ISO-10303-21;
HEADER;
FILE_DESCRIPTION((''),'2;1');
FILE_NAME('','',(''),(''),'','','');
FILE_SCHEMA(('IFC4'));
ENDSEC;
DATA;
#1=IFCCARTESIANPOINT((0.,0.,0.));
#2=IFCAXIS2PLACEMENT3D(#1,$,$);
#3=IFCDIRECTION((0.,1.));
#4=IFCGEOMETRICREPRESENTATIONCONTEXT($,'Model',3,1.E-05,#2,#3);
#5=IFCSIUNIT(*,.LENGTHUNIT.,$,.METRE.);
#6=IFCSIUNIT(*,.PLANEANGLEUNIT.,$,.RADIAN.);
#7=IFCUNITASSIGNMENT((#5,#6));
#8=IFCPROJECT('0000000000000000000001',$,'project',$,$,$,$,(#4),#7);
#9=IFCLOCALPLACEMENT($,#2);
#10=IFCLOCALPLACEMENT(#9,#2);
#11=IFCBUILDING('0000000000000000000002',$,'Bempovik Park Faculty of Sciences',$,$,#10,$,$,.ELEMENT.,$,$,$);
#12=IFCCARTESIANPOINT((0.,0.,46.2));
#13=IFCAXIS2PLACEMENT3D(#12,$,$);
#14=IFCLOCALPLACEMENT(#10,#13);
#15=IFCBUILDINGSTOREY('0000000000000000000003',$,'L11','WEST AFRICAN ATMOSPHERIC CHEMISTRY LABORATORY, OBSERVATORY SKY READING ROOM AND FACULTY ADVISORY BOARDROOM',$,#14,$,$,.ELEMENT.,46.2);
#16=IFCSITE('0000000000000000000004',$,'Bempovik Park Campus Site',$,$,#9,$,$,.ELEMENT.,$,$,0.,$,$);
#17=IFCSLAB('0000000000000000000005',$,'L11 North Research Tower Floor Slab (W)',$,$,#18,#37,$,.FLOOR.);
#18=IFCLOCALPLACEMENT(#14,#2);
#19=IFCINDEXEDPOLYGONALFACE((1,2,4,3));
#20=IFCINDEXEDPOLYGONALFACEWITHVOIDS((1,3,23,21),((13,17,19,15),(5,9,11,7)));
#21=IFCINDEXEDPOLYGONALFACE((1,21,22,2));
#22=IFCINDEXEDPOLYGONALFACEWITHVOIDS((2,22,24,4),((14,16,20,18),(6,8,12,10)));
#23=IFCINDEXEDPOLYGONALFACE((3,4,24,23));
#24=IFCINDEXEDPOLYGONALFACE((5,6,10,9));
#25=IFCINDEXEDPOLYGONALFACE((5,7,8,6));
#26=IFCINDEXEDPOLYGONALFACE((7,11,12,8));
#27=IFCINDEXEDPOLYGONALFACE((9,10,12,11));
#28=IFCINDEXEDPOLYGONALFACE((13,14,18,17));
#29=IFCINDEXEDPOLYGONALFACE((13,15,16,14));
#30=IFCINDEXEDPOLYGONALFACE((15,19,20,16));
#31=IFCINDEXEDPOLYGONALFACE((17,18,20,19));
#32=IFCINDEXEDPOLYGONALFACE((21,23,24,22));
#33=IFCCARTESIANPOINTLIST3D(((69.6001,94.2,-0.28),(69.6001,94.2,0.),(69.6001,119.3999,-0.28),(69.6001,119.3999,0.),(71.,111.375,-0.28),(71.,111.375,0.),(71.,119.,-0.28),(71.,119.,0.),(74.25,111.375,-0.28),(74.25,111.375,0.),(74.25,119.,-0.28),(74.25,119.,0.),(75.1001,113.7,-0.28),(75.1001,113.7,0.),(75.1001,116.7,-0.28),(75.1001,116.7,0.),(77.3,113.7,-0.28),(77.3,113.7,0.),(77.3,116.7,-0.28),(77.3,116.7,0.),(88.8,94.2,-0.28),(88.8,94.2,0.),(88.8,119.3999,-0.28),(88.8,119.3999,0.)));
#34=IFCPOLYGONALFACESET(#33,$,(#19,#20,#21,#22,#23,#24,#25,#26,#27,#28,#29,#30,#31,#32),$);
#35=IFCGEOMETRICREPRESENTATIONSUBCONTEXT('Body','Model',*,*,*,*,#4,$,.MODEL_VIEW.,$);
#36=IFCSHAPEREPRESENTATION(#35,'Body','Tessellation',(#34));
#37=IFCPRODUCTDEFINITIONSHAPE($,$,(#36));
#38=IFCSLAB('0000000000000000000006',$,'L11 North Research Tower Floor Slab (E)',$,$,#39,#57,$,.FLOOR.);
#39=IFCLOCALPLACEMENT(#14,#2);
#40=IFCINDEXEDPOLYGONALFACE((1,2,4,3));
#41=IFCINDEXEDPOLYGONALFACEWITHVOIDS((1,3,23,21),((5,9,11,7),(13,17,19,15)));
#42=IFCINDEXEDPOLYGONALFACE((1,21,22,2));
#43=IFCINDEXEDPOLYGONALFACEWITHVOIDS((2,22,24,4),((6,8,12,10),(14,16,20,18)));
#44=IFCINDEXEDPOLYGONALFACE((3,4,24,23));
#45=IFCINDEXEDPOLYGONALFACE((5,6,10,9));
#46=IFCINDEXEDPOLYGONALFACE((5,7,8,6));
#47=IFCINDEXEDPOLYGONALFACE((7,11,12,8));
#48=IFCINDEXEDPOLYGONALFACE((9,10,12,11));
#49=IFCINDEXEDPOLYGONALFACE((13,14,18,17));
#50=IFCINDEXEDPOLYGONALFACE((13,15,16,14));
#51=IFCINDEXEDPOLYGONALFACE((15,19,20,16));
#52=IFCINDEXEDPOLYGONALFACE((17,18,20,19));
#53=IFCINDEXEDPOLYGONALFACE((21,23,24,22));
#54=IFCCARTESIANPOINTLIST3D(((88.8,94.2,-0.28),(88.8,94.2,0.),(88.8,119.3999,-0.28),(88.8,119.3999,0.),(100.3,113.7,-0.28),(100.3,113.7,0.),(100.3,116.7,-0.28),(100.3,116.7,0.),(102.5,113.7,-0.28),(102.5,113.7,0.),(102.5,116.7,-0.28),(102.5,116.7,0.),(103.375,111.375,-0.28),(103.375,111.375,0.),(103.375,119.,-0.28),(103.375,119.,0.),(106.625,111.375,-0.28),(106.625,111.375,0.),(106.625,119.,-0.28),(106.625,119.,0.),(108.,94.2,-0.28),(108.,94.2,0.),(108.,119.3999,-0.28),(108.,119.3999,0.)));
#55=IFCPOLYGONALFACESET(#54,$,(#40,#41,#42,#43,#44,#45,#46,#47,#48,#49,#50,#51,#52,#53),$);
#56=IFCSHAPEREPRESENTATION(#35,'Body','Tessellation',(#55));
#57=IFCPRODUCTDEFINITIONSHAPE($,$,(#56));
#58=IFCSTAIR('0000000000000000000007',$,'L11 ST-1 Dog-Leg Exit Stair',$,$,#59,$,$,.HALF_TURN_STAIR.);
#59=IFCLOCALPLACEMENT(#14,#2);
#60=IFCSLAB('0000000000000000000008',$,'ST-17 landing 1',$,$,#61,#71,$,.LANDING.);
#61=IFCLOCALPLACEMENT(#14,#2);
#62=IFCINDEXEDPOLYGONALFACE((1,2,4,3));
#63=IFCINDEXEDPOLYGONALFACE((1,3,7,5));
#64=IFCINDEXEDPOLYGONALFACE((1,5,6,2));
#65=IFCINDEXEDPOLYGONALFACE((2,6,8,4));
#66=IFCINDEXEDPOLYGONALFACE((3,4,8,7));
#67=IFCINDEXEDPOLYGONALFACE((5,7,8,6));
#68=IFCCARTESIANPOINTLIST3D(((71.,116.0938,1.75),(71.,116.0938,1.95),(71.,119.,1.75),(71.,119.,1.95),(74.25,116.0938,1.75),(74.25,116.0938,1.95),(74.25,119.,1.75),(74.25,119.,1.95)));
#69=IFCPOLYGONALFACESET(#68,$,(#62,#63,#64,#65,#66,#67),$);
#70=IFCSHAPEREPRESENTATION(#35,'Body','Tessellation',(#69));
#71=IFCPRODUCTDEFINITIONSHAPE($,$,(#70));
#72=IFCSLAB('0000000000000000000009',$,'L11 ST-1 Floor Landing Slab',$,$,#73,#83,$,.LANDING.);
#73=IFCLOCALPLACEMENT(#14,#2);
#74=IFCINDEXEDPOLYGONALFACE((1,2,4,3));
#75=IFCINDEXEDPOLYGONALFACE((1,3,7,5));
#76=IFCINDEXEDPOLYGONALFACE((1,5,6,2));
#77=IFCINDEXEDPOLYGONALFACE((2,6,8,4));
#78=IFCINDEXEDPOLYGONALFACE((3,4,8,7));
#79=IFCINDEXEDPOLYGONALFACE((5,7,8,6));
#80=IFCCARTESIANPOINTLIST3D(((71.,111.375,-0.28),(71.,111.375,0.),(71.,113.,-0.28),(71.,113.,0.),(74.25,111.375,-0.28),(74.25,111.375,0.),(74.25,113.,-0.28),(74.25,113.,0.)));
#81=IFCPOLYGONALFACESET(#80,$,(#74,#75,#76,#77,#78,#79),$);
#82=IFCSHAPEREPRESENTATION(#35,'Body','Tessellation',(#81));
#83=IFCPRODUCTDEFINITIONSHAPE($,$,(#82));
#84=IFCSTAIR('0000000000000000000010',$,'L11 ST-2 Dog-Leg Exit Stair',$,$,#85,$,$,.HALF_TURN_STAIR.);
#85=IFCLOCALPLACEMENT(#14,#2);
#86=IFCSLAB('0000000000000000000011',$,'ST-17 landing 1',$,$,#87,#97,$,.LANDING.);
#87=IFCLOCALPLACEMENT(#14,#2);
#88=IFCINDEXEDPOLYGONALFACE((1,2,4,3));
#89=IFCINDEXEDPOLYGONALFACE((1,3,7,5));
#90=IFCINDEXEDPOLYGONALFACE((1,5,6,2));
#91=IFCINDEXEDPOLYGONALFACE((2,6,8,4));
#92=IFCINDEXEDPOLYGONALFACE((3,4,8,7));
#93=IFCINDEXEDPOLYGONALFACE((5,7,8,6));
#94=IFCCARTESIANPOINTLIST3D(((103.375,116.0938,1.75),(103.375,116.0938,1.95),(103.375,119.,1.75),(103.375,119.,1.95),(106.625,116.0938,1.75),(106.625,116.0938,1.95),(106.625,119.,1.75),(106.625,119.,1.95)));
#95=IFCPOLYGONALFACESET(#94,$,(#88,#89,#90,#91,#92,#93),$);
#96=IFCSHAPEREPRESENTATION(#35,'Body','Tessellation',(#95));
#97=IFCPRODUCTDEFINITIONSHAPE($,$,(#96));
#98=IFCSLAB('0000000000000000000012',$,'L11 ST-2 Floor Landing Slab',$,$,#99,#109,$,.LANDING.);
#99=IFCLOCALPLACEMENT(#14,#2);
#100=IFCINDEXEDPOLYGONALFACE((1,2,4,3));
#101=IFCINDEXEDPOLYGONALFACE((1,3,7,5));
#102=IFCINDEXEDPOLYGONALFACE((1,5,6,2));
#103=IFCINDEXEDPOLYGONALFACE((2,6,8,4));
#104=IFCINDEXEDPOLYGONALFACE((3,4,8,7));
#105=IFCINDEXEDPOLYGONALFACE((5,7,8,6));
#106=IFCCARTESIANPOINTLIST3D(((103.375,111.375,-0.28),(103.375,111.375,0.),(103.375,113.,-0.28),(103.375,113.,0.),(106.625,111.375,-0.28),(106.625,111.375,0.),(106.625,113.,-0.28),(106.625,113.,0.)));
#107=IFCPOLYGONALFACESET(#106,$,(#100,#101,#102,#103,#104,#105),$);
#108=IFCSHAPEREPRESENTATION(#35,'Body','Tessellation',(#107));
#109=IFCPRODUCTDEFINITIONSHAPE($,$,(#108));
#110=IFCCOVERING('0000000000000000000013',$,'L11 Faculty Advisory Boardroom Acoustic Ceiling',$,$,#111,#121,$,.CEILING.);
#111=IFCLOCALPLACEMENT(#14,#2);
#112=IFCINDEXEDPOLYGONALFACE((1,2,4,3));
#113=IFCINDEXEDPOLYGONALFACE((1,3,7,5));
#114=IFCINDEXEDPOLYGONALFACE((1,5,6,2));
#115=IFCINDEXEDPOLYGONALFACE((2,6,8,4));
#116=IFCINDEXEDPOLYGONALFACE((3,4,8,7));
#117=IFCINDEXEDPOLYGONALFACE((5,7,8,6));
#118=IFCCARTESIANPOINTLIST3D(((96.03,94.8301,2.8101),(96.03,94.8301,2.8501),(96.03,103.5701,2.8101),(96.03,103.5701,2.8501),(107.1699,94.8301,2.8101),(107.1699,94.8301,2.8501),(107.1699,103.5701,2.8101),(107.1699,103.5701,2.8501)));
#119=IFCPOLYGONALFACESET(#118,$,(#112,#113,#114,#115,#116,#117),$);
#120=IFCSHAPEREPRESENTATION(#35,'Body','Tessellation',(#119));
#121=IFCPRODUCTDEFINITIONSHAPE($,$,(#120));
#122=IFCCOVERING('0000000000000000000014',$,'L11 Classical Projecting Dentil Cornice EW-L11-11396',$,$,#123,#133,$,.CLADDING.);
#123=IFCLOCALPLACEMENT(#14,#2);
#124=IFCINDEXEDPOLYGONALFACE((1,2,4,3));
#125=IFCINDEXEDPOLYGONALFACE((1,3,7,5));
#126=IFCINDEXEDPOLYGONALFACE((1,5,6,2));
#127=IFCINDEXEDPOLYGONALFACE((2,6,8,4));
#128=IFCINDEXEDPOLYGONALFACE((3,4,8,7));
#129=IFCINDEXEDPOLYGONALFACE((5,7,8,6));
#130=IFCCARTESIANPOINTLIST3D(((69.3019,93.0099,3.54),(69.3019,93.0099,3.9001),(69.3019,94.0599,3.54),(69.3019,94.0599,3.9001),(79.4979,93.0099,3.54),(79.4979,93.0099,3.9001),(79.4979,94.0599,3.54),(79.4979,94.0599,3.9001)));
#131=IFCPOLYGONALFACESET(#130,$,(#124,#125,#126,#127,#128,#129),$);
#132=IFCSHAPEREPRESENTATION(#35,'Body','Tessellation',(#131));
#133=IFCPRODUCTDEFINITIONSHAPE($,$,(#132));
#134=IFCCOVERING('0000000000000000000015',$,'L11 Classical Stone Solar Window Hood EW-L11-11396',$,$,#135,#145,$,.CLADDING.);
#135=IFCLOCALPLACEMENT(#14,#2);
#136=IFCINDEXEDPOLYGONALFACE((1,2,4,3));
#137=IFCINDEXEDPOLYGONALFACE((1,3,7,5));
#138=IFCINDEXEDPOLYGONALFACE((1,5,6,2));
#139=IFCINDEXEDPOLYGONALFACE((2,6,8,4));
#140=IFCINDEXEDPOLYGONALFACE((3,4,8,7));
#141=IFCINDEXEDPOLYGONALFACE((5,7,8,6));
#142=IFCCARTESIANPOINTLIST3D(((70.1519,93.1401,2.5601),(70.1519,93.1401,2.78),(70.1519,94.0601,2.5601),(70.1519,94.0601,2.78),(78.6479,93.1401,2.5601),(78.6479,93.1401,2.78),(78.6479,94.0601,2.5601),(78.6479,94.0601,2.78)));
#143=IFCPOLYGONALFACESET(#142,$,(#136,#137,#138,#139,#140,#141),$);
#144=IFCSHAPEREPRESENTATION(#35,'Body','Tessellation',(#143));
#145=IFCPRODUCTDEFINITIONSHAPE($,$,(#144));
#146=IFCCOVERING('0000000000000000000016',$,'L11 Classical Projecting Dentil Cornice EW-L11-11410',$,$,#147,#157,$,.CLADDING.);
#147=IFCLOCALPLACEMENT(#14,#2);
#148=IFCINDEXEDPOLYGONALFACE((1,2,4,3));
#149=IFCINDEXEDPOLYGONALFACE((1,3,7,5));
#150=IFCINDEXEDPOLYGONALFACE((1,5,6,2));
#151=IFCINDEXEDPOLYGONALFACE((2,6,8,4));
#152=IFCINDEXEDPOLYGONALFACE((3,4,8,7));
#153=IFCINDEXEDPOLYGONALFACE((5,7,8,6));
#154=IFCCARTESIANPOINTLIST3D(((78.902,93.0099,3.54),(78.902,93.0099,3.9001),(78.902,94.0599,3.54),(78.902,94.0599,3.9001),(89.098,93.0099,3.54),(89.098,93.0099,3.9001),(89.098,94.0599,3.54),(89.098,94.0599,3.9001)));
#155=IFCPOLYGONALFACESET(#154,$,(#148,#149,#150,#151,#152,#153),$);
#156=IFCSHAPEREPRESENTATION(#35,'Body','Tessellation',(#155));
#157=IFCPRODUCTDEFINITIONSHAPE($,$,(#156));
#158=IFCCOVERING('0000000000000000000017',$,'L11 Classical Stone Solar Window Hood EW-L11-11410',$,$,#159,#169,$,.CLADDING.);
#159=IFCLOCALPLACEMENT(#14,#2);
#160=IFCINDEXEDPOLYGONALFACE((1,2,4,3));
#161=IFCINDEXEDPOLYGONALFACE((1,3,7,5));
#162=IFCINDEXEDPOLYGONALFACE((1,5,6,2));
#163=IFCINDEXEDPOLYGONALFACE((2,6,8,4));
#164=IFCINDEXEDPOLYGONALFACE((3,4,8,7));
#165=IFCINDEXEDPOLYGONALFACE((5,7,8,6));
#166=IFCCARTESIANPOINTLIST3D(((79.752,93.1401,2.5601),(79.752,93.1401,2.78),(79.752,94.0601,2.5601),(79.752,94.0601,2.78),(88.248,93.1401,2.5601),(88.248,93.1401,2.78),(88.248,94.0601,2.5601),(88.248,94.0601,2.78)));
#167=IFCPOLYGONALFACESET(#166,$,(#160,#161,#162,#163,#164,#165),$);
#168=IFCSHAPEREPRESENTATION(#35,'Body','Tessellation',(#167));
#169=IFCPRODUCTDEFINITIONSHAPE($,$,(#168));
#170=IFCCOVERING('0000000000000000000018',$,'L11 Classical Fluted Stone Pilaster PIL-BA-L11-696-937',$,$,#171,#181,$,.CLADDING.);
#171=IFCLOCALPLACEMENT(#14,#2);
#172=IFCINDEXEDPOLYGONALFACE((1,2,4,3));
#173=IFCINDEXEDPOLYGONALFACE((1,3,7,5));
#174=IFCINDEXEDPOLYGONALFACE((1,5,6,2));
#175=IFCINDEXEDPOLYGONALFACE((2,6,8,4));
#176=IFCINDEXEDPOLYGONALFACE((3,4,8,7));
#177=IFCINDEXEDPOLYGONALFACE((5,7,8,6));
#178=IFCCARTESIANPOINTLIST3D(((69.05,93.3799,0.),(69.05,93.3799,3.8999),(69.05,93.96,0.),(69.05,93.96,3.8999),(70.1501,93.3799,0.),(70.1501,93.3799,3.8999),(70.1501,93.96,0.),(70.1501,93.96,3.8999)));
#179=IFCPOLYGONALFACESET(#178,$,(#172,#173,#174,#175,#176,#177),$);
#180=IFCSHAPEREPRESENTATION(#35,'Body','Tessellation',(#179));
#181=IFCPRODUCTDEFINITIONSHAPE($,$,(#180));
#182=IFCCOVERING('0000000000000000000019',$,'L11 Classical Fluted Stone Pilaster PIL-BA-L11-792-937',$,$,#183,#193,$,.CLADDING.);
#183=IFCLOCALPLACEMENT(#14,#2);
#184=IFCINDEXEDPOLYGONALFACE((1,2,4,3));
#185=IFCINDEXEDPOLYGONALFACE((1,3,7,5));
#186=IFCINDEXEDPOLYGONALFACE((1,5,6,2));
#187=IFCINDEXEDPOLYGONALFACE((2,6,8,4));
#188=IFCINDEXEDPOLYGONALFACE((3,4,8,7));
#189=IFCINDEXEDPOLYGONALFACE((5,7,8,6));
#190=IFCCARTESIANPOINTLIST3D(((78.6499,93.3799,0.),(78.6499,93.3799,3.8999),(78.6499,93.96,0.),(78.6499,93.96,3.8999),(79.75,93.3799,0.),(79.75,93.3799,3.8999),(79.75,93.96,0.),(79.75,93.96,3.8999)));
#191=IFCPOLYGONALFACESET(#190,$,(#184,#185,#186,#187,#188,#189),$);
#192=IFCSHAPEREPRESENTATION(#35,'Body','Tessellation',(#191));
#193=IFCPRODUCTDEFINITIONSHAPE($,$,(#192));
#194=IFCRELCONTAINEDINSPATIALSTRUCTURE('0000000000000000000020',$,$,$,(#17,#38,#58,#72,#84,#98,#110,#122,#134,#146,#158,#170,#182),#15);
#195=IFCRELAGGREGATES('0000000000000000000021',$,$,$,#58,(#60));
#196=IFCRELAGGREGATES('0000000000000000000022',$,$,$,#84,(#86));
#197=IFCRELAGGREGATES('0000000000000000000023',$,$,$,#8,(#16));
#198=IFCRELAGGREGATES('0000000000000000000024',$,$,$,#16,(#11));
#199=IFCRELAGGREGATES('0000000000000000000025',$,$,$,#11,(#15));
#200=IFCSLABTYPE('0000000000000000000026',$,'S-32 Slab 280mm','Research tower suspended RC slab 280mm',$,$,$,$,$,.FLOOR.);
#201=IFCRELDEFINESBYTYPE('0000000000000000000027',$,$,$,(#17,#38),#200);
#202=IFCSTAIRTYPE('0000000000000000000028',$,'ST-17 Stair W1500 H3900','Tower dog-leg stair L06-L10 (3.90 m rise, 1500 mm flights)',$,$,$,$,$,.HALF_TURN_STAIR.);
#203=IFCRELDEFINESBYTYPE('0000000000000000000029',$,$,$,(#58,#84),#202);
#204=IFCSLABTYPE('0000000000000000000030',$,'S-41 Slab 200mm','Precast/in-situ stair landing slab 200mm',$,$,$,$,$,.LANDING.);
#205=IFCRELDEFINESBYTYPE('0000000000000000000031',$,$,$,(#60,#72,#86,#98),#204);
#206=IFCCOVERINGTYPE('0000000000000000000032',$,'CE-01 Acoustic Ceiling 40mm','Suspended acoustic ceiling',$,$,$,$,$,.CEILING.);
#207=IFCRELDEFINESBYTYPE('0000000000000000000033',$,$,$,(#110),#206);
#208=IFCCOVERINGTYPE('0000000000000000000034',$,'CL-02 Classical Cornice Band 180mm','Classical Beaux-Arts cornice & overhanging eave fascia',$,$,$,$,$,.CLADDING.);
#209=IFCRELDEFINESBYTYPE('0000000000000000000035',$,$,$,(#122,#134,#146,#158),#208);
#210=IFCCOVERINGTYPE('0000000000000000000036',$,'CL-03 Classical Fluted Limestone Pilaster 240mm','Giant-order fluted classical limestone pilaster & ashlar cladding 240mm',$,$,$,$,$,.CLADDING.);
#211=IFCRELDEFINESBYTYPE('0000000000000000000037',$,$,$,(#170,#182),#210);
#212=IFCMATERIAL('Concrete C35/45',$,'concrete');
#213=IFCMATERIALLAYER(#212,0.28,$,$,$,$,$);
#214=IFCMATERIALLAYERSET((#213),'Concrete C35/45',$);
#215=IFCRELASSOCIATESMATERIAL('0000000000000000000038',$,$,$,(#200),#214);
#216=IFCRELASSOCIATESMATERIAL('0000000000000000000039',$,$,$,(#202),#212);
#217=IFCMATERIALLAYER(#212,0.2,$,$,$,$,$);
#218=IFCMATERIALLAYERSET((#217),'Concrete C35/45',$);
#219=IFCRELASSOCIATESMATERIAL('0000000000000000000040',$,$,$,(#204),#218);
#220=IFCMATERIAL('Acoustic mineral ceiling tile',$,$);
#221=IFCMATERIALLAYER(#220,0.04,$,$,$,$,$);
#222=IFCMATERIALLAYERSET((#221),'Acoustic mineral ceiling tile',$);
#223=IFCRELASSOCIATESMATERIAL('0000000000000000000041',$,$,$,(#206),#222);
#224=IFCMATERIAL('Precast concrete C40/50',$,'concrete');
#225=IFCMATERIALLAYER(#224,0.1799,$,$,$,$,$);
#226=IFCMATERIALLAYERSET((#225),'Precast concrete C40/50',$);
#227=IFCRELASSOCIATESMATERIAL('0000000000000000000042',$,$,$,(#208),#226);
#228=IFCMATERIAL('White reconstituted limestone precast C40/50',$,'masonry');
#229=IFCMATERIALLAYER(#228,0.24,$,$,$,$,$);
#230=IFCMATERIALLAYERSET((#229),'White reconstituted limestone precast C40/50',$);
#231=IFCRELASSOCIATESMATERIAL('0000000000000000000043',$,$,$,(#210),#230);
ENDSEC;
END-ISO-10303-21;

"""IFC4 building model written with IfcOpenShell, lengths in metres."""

from ifc_helpers import new_model, si_unit, direction, frame, origin, origin_2d, place, context, subcontext, project, spatial, polyline, rectangle, outline, extrude, material, layer, layer_set, type_object, element, aggregate, save


model = new_model("IFC4")

# Units and contexts
model_context = context("Model", 3, precision=1e-05, world=origin(), true_north=direction((0.0, 1.0)))
body_context = subcontext(model_context, "Body", "Model", "MODEL_VIEW")
ifc_project = project(units=[si_unit("LENGTHUNIT", "METRE"), si_unit("PLANEANGLEUNIT", "RADIAN")], contexts=[model_context])

# Site, building, storey
site_placement = place(None, origin())
site = spatial("IfcSite", under=ifc_project, at=site_placement, Name="Bempovik Park Campus Site", CompositionType="ELEMENT", RefElevation=0.0)
building_placement = place(site_placement, origin())
building = spatial("IfcBuilding", under=site, at=building_placement, Name="Bempovik Park Faculty of Sciences", CompositionType="ELEMENT")
storey_placement = place(building_placement, frame((0.0, 0.0, 46.2)))
storey = spatial("IfcBuildingStorey", under=building, at=storey_placement, Name="L11", Description="WEST AFRICAN ATMOSPHERIC CHEMISTRY LABORATORY, OBSERVATORY SKY READING ROOM AND FACULTY ADVISORY BOARDROOM", CompositionType="ELEMENT", Elevation=46.2)

# Slabs
ifc_material_1 = material(Name="Concrete C35/45", Category="concrete")
ifc_layer_1 = layer(ifc_material_1, 0.28)
ifc_layer_set_1 = layer_set([ifc_layer_1], Name="Concrete C35/45")
slab_type_1 = type_object("IfcSlabType", Name="S-32 Slab 280mm", Description="Research tower suspended RC slab 280mm", PredefinedType="FLOOR", material=ifc_layer_set_1)
slab_1_placement = place(storey_placement, frame((0.0, 0.0, -0.28)))
element("IfcSlab", 1, at=slab_1_placement, inside=storey, type_object=slab_type_1, Name="L11 North Research Tower Floor Slab (W)", PredefinedType="FLOOR", context=body_context, shape_type="SweptSolid", body=[
    extrude(outline(polyline([(69.6001, 94.2), (88.8, 94.2), (88.8, 119.3999), (69.6001, 119.3999), (69.6001, 94.2)]), holes=[polyline([(71.0, 111.375), (74.25, 111.375), (74.25, 119.0), (71.0, 119.0), (71.0, 111.375)]), polyline([(75.1001, 113.7), (77.3, 113.7), (77.3, 116.7), (75.1001, 116.7), (75.1001, 113.7)])]), origin(), (0.0, 0.0, 1.0), 0.28),
])
slab_2_placement = place(storey_placement, frame((0.0, 0.0, -0.28)))
element("IfcSlab", 2, at=slab_2_placement, inside=storey, type_object=slab_type_1, Name="L11 North Research Tower Floor Slab (E)", PredefinedType="FLOOR", context=body_context, shape_type="SweptSolid", body=[
    extrude(outline(polyline([(88.8, 94.2), (108.0, 94.2), (108.0, 119.3999), (88.8, 119.3999), (88.8, 94.2)]), holes=[polyline([(103.375, 111.375), (106.625, 111.375), (106.625, 119.0), (103.375, 119.0), (103.375, 111.375)]), polyline([(100.3, 113.7), (102.5, 113.7), (102.5, 116.7), (100.3, 116.7), (100.3, 113.7)])]), origin(), (0.0, 0.0, 1.0), 0.28),
])

# Stair, slab
stair_type = type_object("IfcStairType", Name="ST-17 Stair W1500 H3900", Description="Tower dog-leg stair L06-L10 (3.90 m rise, 1500 mm flights)", PredefinedType="HALF_TURN_STAIR", material=ifc_material_1)
stair_1_placement = place(storey_placement, origin())
stair_1 = element("IfcStair", 3, at=stair_1_placement, inside=storey, type_object=stair_type, Name="L11 ST-1 Dog-Leg Exit Stair", PredefinedType="HALF_TURN_STAIR")
ifc_layer_2 = layer(ifc_material_1, 0.2)
ifc_layer_set_2 = layer_set([ifc_layer_2], Name="Concrete C35/45")
slab_type_2 = type_object("IfcSlabType", Name="S-41 Slab 200mm", Description="Precast/in-situ stair landing slab 200mm", PredefinedType="LANDING", material=ifc_layer_set_2)
slab_3_placement = place(storey_placement, frame((0.0, 0.0, 1.75)))
slab_3 = element("IfcSlab", 4, at=slab_3_placement, type_object=slab_type_2, Name="ST-17 landing 1", PredefinedType="LANDING", context=body_context, shape_type="SweptSolid", body=[
    extrude(outline(polyline([(74.25, 116.0938), (74.25, 119.0), (71.0, 119.0), (71.0, 116.0938), (74.25, 116.0938)])), origin(), (0.0, 0.0, 1.0), 0.2),
])
aggregate(stair_1, [slab_3])

# Slab
slab_4_placement = place(storey_placement, frame((0.0, 0.0, -0.28)))
element("IfcSlab", 5, at=slab_4_placement, inside=storey, type_object=slab_type_2, Name="L11 ST-1 Floor Landing Slab", PredefinedType="LANDING", context=body_context, shape_type="SweptSolid", body=[
    extrude(outline(polyline([(74.25, 111.375), (74.25, 113.0), (71.0, 113.0), (71.0, 111.375), (74.25, 111.375)])), origin(), (0.0, 0.0, 1.0), 0.28),
])

# Stair, slab
stair_2_placement = place(storey_placement, origin())
stair_2 = element("IfcStair", 6, at=stair_2_placement, inside=storey, type_object=stair_type, Name="L11 ST-2 Dog-Leg Exit Stair", PredefinedType="HALF_TURN_STAIR")
slab_5_placement = place(storey_placement, frame((0.0, 0.0, 1.75)))
slab_5 = element("IfcSlab", 7, at=slab_5_placement, type_object=slab_type_2, Name="ST-17 landing 1", PredefinedType="LANDING", context=body_context, shape_type="SweptSolid", body=[
    extrude(outline(polyline([(106.625, 116.0938), (106.625, 119.0), (103.375, 119.0), (103.375, 116.0938), (106.625, 116.0938)])), origin(), (0.0, 0.0, 1.0), 0.2),
])
aggregate(stair_2, [slab_5])

# Slab
slab_6_placement = place(storey_placement, frame((0.0, 0.0, -0.28)))
element("IfcSlab", 8, at=slab_6_placement, inside=storey, type_object=slab_type_2, Name="L11 ST-2 Floor Landing Slab", PredefinedType="LANDING", context=body_context, shape_type="SweptSolid", body=[
    extrude(outline(polyline([(106.625, 111.375), (106.625, 113.0), (103.375, 113.0), (103.375, 111.375), (106.625, 111.375)])), origin(), (0.0, 0.0, 1.0), 0.28),
])

# Coverings
ifc_material_2 = material(Name="Acoustic mineral ceiling tile")
ifc_layer_3 = layer(ifc_material_2, 0.04)
ifc_layer_set_3 = layer_set([ifc_layer_3], Name="Acoustic mineral ceiling tile")
covering_type_1 = type_object("IfcCoveringType", Name="CE-01 Acoustic Ceiling 40mm", Description="Suspended acoustic ceiling", PredefinedType="CEILING", material=ifc_layer_set_3)
covering_1_placement = place(storey_placement, frame((0.0, 0.0, 2.8101)))
element("IfcCovering", 9, at=covering_1_placement, inside=storey, type_object=covering_type_1, Name="L11 Faculty Advisory Boardroom Acoustic Ceiling", PredefinedType="CEILING", context=body_context, shape_type="SweptSolid", body=[
    extrude(outline(polyline([(96.03, 94.8301), (107.1699, 94.8301), (107.1699, 103.5701), (96.03, 103.5701), (96.03, 94.8301)])), origin(), (0.0, 0.0, 1.0), 0.04),
])
ifc_material_3 = material(Name="Precast concrete C40/50", Category="concrete")
ifc_layer_4 = layer(ifc_material_3, 0.1799)
ifc_layer_set_4 = layer_set([ifc_layer_4], Name="Precast concrete C40/50")
covering_type_2 = type_object("IfcCoveringType", Name="CL-02 Classical Cornice Band 180mm", Description="Classical Beaux-Arts cornice & overhanging eave fascia", PredefinedType="CLADDING", material=ifc_layer_set_4)
covering_2_placement = place(storey_placement, frame((74.3999, 93.5349, 3.54), z_axis=(0.0, 0.0, 1.0), x_axis=(1.0, 0.0, 0.0)))
element("IfcCovering", 10, at=covering_2_placement, inside=storey, type_object=covering_type_2, Name="L11 Classical Projecting Dentil Cornice EW-L11-11396", PredefinedType="CLADDING", context=body_context, shape_type="SweptSolid", body=[
    extrude(rectangle(XDim=10.196, YDim=1.05, at=origin_2d()), origin(), (0.0, 0.0, 1.0), 0.3601),
])
covering_3_placement = place(storey_placement, frame((74.3999, 93.6001, 2.5601), z_axis=(0.0, 0.0, 1.0), x_axis=(1.0, 0.0, 0.0)))
element("IfcCovering", 11, at=covering_3_placement, inside=storey, type_object=covering_type_2, Name="L11 Classical Stone Solar Window Hood EW-L11-11396", PredefinedType="CLADDING", context=body_context, shape_type="SweptSolid", body=[
    extrude(rectangle(XDim=8.4961, YDim=0.9199, at=origin_2d()), origin(), (0.0, 0.0, 1.0), 0.22),
])
covering_4_placement = place(storey_placement, frame((84.0, 93.5349, 3.54), z_axis=(0.0, 0.0, 1.0), x_axis=(1.0, 0.0, 0.0)))
element("IfcCovering", 12, at=covering_4_placement, inside=storey, type_object=covering_type_2, Name="L11 Classical Projecting Dentil Cornice EW-L11-11410", PredefinedType="CLADDING", context=body_context, shape_type="SweptSolid", body=[
    extrude(rectangle(XDim=10.196, YDim=1.05, at=origin_2d()), origin(), (0.0, 0.0, 1.0), 0.3601),
])
covering_5_placement = place(storey_placement, frame((84.0, 93.6001, 2.5601), z_axis=(0.0, 0.0, 1.0), x_axis=(1.0, 0.0, 0.0)))
element("IfcCovering", 13, at=covering_5_placement, inside=storey, type_object=covering_type_2, Name="L11 Classical Stone Solar Window Hood EW-L11-11410", PredefinedType="CLADDING", context=body_context, shape_type="SweptSolid", body=[
    extrude(rectangle(XDim=8.4961, YDim=0.9199, at=origin_2d()), origin(), (0.0, 0.0, 1.0), 0.22),
])
ifc_material_4 = material(Name="White reconstituted limestone precast C40/50", Category="masonry")
ifc_layer_5 = layer(ifc_material_4, 0.24)
ifc_layer_set_5 = layer_set([ifc_layer_5], Name="White reconstituted limestone precast C40/50")
covering_type_3 = type_object("IfcCoveringType", Name="CL-03 Classical Fluted Limestone Pilaster 240mm", Description="Giant-order fluted classical limestone pilaster & ashlar cladding 240mm", PredefinedType="CLADDING", material=ifc_layer_set_5)
for number, where, z_axis, x_axis, name in (
    (14, (69.6001, 93.6699, 0.0), (0.0, 0.0, 1.0), (1.0, 0.0, 0.0), "L11 Classical Fluted Stone Pilaster PIL-BA-L11-696-937"),
    (15, (79.2, 93.6699, 0.0), (0.0, 0.0, 1.0), (1.0, 0.0, 0.0), "L11 Classical Fluted Stone Pilaster PIL-BA-L11-792-937"),
):
    element("IfcCovering", number, at=place(storey_placement, frame(where, z_axis=z_axis, x_axis=x_axis)), inside=storey, type_object=covering_type_3, Name=name, PredefinedType="CLADDING", context=body_context, shape_type="SweptSolid", body=[
        extrude(rectangle(XDim=1.1001, YDim=0.5801, at=origin_2d()), origin(), (0.0, 0.0, 1.0), 3.8999),
    ])

save(model, "model.ifc")
